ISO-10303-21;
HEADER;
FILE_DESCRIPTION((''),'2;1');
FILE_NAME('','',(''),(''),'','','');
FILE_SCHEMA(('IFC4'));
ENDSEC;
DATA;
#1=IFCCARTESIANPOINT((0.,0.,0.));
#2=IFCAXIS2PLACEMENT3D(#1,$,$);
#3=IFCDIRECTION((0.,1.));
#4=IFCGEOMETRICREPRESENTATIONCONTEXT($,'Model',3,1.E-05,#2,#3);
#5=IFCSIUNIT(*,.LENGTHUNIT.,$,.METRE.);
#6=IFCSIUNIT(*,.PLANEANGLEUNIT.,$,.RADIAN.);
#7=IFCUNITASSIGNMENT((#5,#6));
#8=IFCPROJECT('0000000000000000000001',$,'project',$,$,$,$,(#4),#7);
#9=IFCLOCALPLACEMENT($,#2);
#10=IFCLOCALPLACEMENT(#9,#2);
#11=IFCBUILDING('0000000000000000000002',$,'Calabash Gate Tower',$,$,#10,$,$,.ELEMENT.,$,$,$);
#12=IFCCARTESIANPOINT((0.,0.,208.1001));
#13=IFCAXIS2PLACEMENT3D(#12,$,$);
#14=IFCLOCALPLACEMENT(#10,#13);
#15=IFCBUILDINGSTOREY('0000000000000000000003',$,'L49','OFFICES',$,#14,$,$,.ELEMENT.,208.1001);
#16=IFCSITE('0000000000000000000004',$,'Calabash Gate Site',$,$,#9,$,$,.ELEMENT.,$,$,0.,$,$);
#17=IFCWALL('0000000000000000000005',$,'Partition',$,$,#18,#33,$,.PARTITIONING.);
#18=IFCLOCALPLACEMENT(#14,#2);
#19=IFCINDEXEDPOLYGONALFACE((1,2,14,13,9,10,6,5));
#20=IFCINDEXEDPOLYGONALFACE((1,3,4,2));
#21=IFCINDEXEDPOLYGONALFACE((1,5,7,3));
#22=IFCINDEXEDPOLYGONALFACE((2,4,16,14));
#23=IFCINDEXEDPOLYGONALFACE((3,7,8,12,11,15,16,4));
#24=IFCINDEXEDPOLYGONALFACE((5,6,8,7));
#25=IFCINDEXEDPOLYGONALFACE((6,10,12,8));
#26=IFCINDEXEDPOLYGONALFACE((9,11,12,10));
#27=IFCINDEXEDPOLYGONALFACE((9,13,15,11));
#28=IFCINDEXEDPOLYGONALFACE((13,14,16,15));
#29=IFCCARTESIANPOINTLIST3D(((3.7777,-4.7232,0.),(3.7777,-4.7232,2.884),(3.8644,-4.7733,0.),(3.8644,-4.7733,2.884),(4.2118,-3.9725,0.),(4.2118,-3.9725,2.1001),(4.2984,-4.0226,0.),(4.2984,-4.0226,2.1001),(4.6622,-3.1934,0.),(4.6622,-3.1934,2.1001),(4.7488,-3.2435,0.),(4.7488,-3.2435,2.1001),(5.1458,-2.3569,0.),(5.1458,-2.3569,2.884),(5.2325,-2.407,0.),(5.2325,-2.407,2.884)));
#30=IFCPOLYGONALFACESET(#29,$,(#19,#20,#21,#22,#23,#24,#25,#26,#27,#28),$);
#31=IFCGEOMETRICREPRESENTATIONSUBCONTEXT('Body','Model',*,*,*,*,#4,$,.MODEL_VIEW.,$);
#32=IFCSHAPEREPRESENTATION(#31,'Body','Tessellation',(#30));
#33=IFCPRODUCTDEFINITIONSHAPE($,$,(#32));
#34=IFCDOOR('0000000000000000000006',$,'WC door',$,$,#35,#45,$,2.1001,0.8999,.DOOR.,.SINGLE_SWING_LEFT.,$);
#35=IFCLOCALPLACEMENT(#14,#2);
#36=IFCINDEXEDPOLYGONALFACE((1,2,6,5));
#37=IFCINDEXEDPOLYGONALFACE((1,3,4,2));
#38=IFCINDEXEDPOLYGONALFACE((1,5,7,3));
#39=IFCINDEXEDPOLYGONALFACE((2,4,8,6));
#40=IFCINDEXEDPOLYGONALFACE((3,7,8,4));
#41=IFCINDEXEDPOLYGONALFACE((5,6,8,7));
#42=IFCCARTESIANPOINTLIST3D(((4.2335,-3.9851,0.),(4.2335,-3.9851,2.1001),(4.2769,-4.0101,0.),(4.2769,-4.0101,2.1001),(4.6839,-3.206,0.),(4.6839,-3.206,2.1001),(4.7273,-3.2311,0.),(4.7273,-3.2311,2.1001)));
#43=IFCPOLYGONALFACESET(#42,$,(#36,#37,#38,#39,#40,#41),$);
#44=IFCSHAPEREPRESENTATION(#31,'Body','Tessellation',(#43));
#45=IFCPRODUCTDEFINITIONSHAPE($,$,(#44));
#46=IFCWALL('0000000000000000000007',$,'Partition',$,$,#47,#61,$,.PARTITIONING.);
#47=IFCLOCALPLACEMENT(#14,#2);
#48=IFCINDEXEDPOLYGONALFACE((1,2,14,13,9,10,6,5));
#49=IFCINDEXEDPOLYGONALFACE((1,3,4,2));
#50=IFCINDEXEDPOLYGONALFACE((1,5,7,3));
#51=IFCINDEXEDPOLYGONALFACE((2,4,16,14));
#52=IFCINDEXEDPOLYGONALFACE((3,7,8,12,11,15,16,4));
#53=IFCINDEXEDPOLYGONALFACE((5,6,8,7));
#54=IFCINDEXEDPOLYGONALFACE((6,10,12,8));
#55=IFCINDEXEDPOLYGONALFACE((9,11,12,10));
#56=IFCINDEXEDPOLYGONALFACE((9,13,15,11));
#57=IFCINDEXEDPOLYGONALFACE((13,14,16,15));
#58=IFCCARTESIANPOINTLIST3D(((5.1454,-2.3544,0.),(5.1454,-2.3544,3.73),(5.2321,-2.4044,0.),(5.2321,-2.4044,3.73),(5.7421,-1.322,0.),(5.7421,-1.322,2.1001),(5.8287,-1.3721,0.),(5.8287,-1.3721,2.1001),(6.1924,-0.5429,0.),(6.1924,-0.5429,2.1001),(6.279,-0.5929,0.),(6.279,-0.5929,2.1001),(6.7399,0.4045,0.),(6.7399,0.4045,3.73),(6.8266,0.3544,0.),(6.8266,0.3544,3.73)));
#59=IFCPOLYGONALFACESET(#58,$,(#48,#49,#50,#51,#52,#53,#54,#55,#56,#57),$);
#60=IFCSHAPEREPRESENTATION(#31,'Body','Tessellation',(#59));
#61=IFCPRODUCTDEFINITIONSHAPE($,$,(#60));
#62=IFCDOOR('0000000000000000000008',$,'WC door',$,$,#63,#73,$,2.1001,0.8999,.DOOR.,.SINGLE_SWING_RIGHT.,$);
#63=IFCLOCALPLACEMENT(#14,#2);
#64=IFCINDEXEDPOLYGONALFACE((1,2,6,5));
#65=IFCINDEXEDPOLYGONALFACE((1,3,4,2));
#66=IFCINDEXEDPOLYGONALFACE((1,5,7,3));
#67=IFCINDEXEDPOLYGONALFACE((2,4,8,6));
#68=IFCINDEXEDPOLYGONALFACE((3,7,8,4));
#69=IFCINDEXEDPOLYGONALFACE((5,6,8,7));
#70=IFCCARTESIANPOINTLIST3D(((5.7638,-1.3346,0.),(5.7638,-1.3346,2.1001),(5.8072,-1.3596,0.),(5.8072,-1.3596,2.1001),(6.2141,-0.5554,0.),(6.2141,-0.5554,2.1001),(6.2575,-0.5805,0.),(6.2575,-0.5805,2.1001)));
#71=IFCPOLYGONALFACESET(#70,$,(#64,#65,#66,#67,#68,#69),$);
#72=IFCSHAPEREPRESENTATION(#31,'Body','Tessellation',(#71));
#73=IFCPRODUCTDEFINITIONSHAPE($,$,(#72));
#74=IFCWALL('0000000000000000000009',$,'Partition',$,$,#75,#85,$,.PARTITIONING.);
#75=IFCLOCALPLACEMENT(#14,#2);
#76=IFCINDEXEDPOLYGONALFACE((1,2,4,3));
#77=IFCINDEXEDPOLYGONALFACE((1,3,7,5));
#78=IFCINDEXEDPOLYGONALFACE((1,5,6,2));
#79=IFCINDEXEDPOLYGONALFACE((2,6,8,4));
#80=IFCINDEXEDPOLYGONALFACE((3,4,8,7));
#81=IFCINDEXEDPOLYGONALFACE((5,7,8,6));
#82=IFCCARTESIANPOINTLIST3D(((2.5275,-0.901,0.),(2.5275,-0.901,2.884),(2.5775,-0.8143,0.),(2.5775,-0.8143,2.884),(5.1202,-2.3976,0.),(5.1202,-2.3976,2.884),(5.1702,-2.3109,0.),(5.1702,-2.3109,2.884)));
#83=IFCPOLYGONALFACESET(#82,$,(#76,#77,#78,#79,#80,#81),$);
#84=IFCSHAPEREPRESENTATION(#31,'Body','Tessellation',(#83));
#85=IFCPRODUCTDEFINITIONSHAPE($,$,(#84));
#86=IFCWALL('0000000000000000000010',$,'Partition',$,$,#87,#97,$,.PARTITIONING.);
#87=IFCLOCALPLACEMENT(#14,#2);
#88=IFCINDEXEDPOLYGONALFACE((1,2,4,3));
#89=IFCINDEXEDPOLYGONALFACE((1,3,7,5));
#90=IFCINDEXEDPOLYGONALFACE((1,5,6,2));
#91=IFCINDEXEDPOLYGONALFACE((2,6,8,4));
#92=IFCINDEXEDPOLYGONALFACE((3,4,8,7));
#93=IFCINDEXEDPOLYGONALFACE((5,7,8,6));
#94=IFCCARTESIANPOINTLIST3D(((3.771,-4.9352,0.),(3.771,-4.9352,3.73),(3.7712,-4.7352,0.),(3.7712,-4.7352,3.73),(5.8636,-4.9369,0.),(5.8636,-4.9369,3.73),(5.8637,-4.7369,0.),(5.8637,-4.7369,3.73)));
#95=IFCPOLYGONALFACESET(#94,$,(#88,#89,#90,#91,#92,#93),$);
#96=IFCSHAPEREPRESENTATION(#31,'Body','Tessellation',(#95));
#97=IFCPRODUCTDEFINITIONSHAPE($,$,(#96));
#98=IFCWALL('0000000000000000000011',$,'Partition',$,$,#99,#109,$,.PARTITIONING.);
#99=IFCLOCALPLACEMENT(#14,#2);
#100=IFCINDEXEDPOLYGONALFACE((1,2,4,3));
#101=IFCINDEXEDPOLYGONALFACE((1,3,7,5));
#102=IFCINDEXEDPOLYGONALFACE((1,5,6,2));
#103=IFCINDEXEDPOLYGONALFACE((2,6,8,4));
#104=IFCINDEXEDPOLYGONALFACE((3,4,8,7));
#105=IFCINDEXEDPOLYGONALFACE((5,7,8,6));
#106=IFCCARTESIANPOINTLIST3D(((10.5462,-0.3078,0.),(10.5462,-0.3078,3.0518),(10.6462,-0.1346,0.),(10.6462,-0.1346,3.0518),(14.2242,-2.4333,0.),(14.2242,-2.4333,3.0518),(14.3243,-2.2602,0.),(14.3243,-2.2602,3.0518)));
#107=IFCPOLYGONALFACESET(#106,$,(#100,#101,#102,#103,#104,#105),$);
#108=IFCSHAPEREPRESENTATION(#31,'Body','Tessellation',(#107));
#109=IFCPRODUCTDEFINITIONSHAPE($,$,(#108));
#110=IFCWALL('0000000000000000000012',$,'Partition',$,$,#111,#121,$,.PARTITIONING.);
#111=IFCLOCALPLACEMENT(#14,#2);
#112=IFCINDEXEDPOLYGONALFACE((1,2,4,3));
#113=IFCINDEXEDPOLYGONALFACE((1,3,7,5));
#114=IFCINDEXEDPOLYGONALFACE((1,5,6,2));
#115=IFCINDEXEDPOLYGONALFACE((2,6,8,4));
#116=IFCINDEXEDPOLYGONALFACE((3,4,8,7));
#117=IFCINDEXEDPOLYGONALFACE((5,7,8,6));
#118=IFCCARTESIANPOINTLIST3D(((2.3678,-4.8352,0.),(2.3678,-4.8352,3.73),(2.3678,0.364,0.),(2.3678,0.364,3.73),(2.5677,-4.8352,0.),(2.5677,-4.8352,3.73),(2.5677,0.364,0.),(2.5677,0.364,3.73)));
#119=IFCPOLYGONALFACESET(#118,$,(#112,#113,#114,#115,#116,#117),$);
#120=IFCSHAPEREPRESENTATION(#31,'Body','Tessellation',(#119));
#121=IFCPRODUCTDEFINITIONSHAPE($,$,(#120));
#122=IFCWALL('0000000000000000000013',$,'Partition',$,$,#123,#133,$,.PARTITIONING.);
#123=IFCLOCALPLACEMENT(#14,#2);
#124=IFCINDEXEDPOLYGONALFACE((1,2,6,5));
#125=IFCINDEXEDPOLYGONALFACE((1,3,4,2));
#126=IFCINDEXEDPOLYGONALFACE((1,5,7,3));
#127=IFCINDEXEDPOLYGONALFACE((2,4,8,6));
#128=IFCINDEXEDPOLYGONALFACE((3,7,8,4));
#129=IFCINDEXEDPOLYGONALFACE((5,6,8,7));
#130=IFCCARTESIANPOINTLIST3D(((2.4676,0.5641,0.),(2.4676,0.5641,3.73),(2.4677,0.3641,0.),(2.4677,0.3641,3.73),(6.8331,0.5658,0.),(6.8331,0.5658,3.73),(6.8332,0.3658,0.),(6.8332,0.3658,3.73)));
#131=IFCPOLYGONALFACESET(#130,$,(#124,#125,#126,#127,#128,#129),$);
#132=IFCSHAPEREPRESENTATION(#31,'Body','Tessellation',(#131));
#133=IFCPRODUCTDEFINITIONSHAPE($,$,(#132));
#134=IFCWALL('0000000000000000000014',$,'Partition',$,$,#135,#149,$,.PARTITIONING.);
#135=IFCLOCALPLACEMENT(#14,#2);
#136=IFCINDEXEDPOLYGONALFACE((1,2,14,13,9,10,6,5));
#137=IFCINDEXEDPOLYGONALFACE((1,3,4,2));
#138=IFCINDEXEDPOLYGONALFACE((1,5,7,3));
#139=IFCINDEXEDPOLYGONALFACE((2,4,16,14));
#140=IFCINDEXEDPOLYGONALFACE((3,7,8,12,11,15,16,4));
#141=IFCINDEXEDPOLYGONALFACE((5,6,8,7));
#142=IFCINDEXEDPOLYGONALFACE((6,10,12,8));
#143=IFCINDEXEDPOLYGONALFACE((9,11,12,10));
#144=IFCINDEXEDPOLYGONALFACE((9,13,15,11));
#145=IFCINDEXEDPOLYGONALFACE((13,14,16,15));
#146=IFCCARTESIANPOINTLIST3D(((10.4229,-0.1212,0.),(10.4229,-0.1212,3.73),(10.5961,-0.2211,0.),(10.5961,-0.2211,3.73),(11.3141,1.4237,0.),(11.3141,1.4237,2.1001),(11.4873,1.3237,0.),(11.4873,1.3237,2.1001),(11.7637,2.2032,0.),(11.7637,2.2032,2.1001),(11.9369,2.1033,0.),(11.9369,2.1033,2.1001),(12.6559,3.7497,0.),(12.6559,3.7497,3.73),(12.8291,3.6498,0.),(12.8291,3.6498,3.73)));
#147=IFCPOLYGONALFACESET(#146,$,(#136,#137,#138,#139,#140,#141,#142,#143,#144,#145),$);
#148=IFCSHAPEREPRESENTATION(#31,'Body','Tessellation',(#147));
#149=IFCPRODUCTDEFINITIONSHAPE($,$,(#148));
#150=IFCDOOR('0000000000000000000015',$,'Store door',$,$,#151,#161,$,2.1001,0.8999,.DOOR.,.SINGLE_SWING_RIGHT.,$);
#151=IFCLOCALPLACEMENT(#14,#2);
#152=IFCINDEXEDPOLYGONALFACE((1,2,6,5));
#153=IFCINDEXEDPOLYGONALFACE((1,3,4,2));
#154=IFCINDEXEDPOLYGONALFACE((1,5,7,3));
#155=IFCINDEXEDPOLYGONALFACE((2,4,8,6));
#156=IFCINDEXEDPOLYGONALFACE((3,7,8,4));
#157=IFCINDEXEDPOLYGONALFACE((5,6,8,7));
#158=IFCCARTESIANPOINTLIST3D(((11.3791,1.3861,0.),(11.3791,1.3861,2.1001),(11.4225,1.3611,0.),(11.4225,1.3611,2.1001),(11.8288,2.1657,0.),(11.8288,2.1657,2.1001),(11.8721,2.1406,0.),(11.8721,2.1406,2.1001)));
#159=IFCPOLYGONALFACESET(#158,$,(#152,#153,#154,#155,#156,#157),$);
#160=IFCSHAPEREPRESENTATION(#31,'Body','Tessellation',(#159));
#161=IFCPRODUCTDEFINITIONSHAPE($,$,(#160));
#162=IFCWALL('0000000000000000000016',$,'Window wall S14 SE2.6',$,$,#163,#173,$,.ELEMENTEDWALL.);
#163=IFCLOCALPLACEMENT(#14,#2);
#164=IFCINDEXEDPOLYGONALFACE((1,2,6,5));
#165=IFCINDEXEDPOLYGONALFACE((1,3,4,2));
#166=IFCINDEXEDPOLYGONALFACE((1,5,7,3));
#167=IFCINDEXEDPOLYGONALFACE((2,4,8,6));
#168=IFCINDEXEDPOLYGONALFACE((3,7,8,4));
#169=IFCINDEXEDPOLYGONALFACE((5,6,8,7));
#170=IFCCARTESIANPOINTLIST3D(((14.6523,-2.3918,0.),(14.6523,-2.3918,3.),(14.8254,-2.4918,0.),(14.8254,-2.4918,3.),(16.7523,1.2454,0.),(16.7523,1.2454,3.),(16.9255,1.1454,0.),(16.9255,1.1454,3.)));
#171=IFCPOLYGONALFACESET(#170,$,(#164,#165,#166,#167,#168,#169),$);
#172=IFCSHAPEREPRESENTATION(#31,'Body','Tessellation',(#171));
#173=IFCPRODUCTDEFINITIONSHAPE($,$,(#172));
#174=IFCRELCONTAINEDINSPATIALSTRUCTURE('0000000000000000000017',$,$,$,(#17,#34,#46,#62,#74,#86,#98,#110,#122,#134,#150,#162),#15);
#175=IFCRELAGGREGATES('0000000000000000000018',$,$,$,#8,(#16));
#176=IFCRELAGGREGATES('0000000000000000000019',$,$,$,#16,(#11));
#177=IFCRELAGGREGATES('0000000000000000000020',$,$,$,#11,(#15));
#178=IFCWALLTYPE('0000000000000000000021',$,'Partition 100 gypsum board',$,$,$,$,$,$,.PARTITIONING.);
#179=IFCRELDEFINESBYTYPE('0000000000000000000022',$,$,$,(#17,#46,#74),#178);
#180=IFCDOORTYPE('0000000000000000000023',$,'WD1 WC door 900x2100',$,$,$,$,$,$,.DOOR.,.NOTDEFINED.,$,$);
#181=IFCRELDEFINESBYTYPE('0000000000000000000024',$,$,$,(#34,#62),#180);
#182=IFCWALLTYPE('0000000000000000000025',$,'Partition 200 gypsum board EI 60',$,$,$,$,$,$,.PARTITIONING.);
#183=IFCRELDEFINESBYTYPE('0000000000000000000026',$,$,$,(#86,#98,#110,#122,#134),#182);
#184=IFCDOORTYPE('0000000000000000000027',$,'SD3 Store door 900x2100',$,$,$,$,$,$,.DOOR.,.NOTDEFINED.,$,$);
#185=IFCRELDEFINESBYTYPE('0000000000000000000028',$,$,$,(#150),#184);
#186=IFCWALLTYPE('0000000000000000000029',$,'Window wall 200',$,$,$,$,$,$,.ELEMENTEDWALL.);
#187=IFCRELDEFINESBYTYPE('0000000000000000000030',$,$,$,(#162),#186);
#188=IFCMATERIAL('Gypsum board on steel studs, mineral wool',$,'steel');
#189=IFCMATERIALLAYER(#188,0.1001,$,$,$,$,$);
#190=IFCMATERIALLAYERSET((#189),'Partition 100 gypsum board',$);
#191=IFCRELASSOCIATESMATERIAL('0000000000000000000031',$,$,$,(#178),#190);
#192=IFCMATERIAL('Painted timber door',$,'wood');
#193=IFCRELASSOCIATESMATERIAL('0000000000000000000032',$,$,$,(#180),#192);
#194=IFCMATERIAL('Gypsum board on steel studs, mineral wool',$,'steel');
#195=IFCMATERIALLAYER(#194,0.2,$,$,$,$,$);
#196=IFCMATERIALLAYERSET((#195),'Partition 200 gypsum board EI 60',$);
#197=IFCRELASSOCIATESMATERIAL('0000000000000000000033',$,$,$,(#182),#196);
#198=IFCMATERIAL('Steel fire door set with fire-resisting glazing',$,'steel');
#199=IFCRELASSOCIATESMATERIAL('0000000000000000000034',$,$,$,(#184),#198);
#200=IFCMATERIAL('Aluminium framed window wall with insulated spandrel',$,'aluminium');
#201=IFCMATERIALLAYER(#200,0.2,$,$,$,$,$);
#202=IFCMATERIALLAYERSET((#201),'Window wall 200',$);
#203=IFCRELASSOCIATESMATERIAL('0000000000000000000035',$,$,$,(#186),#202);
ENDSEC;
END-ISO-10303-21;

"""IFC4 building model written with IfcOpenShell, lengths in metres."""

from ifc_helpers import new_model, si_unit, direction, frame, frame_2d, origin, place, context, subcontext, project, spatial, rectangle, extrude, material, layer, layer_set, type_object, element, fill, save


model = new_model("IFC4")

# Units and contexts
model_context = context("Model", 3, precision=1e-05, world=origin(), true_north=direction((0.0, 1.0)))
body_context = subcontext(model_context, "Body", "Model", "MODEL_VIEW")
ifc_project = project(units=[si_unit("LENGTHUNIT", "METRE"), si_unit("PLANEANGLEUNIT", "RADIAN")], contexts=[model_context])

# Site, building, storey
site_placement = place(None, origin())
site = spatial("IfcSite", under=ifc_project, at=site_placement, Name="Calabash Gate Site", CompositionType="ELEMENT", RefElevation=0.0)
building_placement = place(site_placement, origin())
building = spatial("IfcBuilding", under=site, at=building_placement, Name="Calabash Gate Tower", CompositionType="ELEMENT")
storey_placement = place(building_placement, frame((0.0, 0.0, 208.1001)))
storey = spatial("IfcBuildingStorey", under=building, at=storey_placement, Name="L49", Description="OFFICES", CompositionType="ELEMENT", Elevation=208.1001)

# Walls, openings, doors
ifc_material_1 = material(Name="Gypsum board on steel studs, mineral wool", Category="steel")
ifc_layer_1 = layer(ifc_material_1, 0.1001)
ifc_layer_set_1 = layer_set([ifc_layer_1], Name="Partition 100 gypsum board")
wall_type_1 = type_object("IfcWallType", Name="Partition 100 gypsum board", PredefinedType="PARTITIONING", material=ifc_layer_set_1)
wall_1_placement = place(storey_placement, frame((3.821, -4.7483, 0.0), z_axis=(0.0, 0.0, 1.0), x_axis=(0.500519, 0.865726, 0.0)))
wall_1 = element("IfcWall", 1, at=wall_1_placement, inside=storey, type_object=wall_type_1, Name="Partition", PredefinedType="PARTITIONING", context=body_context, shape_type="SweptSolid", body=[
    extrude(rectangle(XDim=2.7334, YDim=0.1001, at=frame_2d((1.3667, 0.0))), origin(), (0.0, 0.0, 1.0), 2.884),
])
opening_1_placement = place(wall_1_placement, frame((0.8672, 0.0, 0.0)))
opening_1 = element("IfcOpeningElement", 2, at=opening_1_placement, cuts=wall_1, PredefinedType="OPENING", context=body_context, shape_type="SweptSolid", body=[
    extrude(rectangle(XDim=0.8999, YDim=2.1001, at=frame_2d((0.45, 1.05))), frame((0.0, 0.0601, 0.0), z_axis=(0.0, -1.0, 0.0), x_axis=(1.0, 0.0, 0.0)), (0.0, 0.0, 1.0), 0.1201),
])
ifc_material_2 = material(Name="Painted timber door", Category="wood")
door_type_1 = type_object("IfcDoorType", Name="WD1 WC door 900x2100", OperationType="NOTDEFINED", PredefinedType="DOOR", material=ifc_material_2)
door_1_placement = place(opening_1_placement, origin())
door_1 = element("IfcDoor", 3, at=door_1_placement, inside=storey, type_object=door_type_1, Name="WC door", OperationType="SINGLE_SWING_LEFT", OverallHeight=2.1001, OverallWidth=0.8999, PredefinedType="DOOR", context=body_context, shape_type="SweptSolid", body=[
    extrude(rectangle(XDim=0.8999, YDim=2.1001, at=frame_2d((0.45, 1.05))), frame((0.0, 0.0249, 0.0), z_axis=(0.0, -1.0, 0.0), x_axis=(1.0, 0.0, 0.0)), (0.0, 0.0, 1.0), 0.05),
])
fill(opening_1, door_1)
wall_2_placement = place(storey_placement, frame((5.1887, -2.3794, 0.0), z_axis=(0.0, 0.0, 1.0), x_axis=(0.500399, 0.865795, 0.0)))
wall_2 = element("IfcWall", 4, at=wall_2_placement, inside=storey, type_object=wall_type_1, Name="Partition", PredefinedType="PARTITIONING", context=body_context, shape_type="SweptSolid", body=[
    extrude(rectangle(XDim=3.1865, YDim=0.1001, at=frame_2d((1.5933, 0.0))), origin(), (0.0, 0.0, 1.0), 3.73),
])
opening_2_placement = place(wall_2_placement, frame((1.1924, 0.0, 0.0)))
opening_2 = element("IfcOpeningElement", 5, at=opening_2_placement, cuts=wall_2, PredefinedType="OPENING", context=body_context, shape_type="SweptSolid", body=[
    extrude(rectangle(XDim=0.8999, YDim=2.1001, at=frame_2d((0.45, 1.05))), frame((0.0, 0.0601, 0.0), z_axis=(0.0, -1.0, 0.0), x_axis=(1.0, 0.0, 0.0)), (0.0, 0.0, 1.0), 0.1201),
])
door_2_placement = place(opening_2_placement, origin())
door_2 = element("IfcDoor", 6, at=door_2_placement, inside=storey, type_object=door_type_1, Name="WC door", OperationType="SINGLE_SWING_RIGHT", OverallHeight=2.1001, OverallWidth=0.8999, PredefinedType="DOOR", context=body_context, shape_type="SweptSolid", body=[
    extrude(rectangle(XDim=0.8999, YDim=2.1001, at=frame_2d((0.45, 1.05))), frame((0.0, 0.0249, 0.0), z_axis=(0.0, -1.0, 0.0), x_axis=(1.0, 0.0, 0.0)), (0.0, 0.0, 1.0), 0.05),
])
fill(opening_2, door_2)

# Walls
wall_3_placement = place(storey_placement, frame((2.5525, -0.8577, 0.0), z_axis=(0.0, 0.0, 1.0), x_axis=(0.866077, -0.499911, 0.0)))
element("IfcWall", 7, at=wall_3_placement, inside=storey, type_object=wall_type_1, Name="Partition", PredefinedType="PARTITIONING", context=body_context, shape_type="SweptSolid", body=[
    extrude(rectangle(XDim=2.9937, YDim=0.1001, at=frame_2d((1.4968, 0.0))), origin(), (0.0, 0.0, 1.0), 2.884),
])
ifc_material_3 = material(Name="Gypsum board on steel studs, mineral wool", Category="steel")
ifc_layer_2 = layer(ifc_material_3, 0.2)
ifc_layer_set_2 = layer_set([ifc_layer_2], Name="Partition 200 gypsum board EI 60")
wall_type_2 = type_object("IfcWallType", Name="Partition 200 gypsum board EI 60", PredefinedType="PARTITIONING", material=ifc_layer_set_2)
wall_4_placement = place(storey_placement, frame((3.771, -4.8352, 0.0), z_axis=(0.0, 0.0, 1.0), x_axis=(1.0, -0.000817, 0.0)))
element("IfcWall", 8, at=wall_4_placement, inside=storey, type_object=wall_type_2, Name="Partition", PredefinedType="PARTITIONING", context=body_context, shape_type="SweptSolid", body=[
    extrude(rectangle(XDim=2.0925, YDim=0.2, at=frame_2d((1.0464, 0.0))), origin(), (0.0, 0.0, 1.0), 3.73),
])
wall_5_placement = place(storey_placement, frame((10.5962, -0.2212, 0.0), z_axis=(0.0, 0.0, 1.0), x_axis=(0.865821, -0.500354, 0.0)))
element("IfcWall", 9, at=wall_5_placement, inside=storey, type_object=wall_type_2, Name="Partition", PredefinedType="PARTITIONING", context=body_context, shape_type="SweptSolid", body=[
    extrude(rectangle(XDim=4.248, YDim=0.2, at=frame_2d((2.124, 0.0))), origin(), (0.0, 0.0, 1.0), 3.0518),
])
wall_6_placement = place(storey_placement, frame((2.4678, -4.8352, 0.0), z_axis=(0.0, 0.0, 1.0), x_axis=(0.0, 1.0, 0.0)))
element("IfcWall", 10, at=wall_6_placement, inside=storey, type_object=wall_type_2, Name="Partition", PredefinedType="PARTITIONING", context=body_context, shape_type="SweptSolid", body=[
    extrude(rectangle(XDim=5.1992, YDim=0.2, at=frame_2d((2.5996, 0.0))), origin(), (0.0, 0.0, 1.0), 3.73),
])
wall_7_placement = place(storey_placement, frame((2.4678, 0.4641, 0.0), z_axis=(0.0, 0.0, 1.0), x_axis=(1.0, 0.000391, 0.0)))
element("IfcWall", 11, at=wall_7_placement, inside=storey, type_object=wall_type_2, Name="Partition", PredefinedType="PARTITIONING", context=body_context, shape_type="SweptSolid", body=[
    extrude(rectangle(XDim=4.3655, YDim=0.2, at=frame_2d((2.1826, 0.0))), origin(), (0.0, 0.0, 1.0), 3.73),
])

# Wall, opening, door
wall_8_placement = place(storey_placement, frame((10.5095, -0.1711, 0.0), z_axis=(0.0, 0.0, 1.0), x_axis=(0.499677, 0.866212, 0.0)))
wall_8 = element("IfcWall", 12, at=wall_8_placement, inside=storey, type_object=wall_type_2, Name="Partition", PredefinedType="PARTITIONING", context=body_context, shape_type="SweptSolid", body=[
    extrude(rectangle(XDim=4.4688, YDim=0.2, at=frame_2d((2.2344, 0.0))), origin(), (0.0, 0.0, 1.0), 3.73),
])
opening_3_placement = place(wall_8_placement, frame((1.7834, 0.0, 0.0)))
opening_3 = element("IfcOpeningElement", 13, at=opening_3_placement, cuts=wall_8, PredefinedType="OPENING", context=body_context, shape_type="SweptSolid", body=[
    extrude(rectangle(XDim=0.8999, YDim=2.1001, at=frame_2d((0.45, 1.05))), frame((0.0, 0.1099, 0.0), z_axis=(0.0, -1.0, 0.0), x_axis=(1.0, 0.0, 0.0)), (0.0, 0.0, 1.0), 0.22),
])
ifc_material_4 = material(Name="Steel fire door set with fire-resisting glazing", Category="steel")
door_type_2 = type_object("IfcDoorType", Name="SD3 Store door 900x2100", OperationType="NOTDEFINED", PredefinedType="DOOR", material=ifc_material_4)
door_3_placement = place(opening_3_placement, origin())
door_3 = element("IfcDoor", 14, at=door_3_placement, inside=storey, type_object=door_type_2, Name="Store door", OperationType="SINGLE_SWING_RIGHT", OverallHeight=2.1001, OverallWidth=0.8999, PredefinedType="DOOR", context=body_context, shape_type="SweptSolid", body=[
    extrude(rectangle(XDim=0.8999, YDim=2.1001, at=frame_2d((0.45, 1.05))), frame((0.0, 0.0249, 0.0), z_axis=(0.0, -1.0, 0.0), x_axis=(1.0, 0.0, 0.0)), (0.0, 0.0, 1.0), 0.05),
])
fill(opening_3, door_3)

# Wall
ifc_material_5 = material(Name="Aluminium framed window wall with insulated spandrel", Category="aluminium")
ifc_layer_3 = layer(ifc_material_5, 0.2)
ifc_layer_set_3 = layer_set([ifc_layer_3], Name="Window wall 200")
wall_type_3 = type_object("IfcWallType", Name="Window wall 200", PredefinedType="ELEMENTEDWALL", material=ifc_layer_set_3)
wall_9_placement = place(storey_placement, frame((14.7388, -2.4419, 0.0), z_axis=(0.0, 0.0, 1.0), x_axis=(0.500028, 0.866009, 0.0)))
element("IfcWall", 15, at=wall_9_placement, inside=storey, type_object=wall_type_3, Name="Window wall S14 SE2.6", PredefinedType="ELEMENTEDWALL", context=body_context, shape_type="SweptSolid", body=[
    extrude(rectangle(XDim=4.2, YDim=0.2, at=frame_2d((2.1001, 0.0))), origin(), (0.0, 0.0, 1.0), 3.0),
])

save(model, "model.ifc")
